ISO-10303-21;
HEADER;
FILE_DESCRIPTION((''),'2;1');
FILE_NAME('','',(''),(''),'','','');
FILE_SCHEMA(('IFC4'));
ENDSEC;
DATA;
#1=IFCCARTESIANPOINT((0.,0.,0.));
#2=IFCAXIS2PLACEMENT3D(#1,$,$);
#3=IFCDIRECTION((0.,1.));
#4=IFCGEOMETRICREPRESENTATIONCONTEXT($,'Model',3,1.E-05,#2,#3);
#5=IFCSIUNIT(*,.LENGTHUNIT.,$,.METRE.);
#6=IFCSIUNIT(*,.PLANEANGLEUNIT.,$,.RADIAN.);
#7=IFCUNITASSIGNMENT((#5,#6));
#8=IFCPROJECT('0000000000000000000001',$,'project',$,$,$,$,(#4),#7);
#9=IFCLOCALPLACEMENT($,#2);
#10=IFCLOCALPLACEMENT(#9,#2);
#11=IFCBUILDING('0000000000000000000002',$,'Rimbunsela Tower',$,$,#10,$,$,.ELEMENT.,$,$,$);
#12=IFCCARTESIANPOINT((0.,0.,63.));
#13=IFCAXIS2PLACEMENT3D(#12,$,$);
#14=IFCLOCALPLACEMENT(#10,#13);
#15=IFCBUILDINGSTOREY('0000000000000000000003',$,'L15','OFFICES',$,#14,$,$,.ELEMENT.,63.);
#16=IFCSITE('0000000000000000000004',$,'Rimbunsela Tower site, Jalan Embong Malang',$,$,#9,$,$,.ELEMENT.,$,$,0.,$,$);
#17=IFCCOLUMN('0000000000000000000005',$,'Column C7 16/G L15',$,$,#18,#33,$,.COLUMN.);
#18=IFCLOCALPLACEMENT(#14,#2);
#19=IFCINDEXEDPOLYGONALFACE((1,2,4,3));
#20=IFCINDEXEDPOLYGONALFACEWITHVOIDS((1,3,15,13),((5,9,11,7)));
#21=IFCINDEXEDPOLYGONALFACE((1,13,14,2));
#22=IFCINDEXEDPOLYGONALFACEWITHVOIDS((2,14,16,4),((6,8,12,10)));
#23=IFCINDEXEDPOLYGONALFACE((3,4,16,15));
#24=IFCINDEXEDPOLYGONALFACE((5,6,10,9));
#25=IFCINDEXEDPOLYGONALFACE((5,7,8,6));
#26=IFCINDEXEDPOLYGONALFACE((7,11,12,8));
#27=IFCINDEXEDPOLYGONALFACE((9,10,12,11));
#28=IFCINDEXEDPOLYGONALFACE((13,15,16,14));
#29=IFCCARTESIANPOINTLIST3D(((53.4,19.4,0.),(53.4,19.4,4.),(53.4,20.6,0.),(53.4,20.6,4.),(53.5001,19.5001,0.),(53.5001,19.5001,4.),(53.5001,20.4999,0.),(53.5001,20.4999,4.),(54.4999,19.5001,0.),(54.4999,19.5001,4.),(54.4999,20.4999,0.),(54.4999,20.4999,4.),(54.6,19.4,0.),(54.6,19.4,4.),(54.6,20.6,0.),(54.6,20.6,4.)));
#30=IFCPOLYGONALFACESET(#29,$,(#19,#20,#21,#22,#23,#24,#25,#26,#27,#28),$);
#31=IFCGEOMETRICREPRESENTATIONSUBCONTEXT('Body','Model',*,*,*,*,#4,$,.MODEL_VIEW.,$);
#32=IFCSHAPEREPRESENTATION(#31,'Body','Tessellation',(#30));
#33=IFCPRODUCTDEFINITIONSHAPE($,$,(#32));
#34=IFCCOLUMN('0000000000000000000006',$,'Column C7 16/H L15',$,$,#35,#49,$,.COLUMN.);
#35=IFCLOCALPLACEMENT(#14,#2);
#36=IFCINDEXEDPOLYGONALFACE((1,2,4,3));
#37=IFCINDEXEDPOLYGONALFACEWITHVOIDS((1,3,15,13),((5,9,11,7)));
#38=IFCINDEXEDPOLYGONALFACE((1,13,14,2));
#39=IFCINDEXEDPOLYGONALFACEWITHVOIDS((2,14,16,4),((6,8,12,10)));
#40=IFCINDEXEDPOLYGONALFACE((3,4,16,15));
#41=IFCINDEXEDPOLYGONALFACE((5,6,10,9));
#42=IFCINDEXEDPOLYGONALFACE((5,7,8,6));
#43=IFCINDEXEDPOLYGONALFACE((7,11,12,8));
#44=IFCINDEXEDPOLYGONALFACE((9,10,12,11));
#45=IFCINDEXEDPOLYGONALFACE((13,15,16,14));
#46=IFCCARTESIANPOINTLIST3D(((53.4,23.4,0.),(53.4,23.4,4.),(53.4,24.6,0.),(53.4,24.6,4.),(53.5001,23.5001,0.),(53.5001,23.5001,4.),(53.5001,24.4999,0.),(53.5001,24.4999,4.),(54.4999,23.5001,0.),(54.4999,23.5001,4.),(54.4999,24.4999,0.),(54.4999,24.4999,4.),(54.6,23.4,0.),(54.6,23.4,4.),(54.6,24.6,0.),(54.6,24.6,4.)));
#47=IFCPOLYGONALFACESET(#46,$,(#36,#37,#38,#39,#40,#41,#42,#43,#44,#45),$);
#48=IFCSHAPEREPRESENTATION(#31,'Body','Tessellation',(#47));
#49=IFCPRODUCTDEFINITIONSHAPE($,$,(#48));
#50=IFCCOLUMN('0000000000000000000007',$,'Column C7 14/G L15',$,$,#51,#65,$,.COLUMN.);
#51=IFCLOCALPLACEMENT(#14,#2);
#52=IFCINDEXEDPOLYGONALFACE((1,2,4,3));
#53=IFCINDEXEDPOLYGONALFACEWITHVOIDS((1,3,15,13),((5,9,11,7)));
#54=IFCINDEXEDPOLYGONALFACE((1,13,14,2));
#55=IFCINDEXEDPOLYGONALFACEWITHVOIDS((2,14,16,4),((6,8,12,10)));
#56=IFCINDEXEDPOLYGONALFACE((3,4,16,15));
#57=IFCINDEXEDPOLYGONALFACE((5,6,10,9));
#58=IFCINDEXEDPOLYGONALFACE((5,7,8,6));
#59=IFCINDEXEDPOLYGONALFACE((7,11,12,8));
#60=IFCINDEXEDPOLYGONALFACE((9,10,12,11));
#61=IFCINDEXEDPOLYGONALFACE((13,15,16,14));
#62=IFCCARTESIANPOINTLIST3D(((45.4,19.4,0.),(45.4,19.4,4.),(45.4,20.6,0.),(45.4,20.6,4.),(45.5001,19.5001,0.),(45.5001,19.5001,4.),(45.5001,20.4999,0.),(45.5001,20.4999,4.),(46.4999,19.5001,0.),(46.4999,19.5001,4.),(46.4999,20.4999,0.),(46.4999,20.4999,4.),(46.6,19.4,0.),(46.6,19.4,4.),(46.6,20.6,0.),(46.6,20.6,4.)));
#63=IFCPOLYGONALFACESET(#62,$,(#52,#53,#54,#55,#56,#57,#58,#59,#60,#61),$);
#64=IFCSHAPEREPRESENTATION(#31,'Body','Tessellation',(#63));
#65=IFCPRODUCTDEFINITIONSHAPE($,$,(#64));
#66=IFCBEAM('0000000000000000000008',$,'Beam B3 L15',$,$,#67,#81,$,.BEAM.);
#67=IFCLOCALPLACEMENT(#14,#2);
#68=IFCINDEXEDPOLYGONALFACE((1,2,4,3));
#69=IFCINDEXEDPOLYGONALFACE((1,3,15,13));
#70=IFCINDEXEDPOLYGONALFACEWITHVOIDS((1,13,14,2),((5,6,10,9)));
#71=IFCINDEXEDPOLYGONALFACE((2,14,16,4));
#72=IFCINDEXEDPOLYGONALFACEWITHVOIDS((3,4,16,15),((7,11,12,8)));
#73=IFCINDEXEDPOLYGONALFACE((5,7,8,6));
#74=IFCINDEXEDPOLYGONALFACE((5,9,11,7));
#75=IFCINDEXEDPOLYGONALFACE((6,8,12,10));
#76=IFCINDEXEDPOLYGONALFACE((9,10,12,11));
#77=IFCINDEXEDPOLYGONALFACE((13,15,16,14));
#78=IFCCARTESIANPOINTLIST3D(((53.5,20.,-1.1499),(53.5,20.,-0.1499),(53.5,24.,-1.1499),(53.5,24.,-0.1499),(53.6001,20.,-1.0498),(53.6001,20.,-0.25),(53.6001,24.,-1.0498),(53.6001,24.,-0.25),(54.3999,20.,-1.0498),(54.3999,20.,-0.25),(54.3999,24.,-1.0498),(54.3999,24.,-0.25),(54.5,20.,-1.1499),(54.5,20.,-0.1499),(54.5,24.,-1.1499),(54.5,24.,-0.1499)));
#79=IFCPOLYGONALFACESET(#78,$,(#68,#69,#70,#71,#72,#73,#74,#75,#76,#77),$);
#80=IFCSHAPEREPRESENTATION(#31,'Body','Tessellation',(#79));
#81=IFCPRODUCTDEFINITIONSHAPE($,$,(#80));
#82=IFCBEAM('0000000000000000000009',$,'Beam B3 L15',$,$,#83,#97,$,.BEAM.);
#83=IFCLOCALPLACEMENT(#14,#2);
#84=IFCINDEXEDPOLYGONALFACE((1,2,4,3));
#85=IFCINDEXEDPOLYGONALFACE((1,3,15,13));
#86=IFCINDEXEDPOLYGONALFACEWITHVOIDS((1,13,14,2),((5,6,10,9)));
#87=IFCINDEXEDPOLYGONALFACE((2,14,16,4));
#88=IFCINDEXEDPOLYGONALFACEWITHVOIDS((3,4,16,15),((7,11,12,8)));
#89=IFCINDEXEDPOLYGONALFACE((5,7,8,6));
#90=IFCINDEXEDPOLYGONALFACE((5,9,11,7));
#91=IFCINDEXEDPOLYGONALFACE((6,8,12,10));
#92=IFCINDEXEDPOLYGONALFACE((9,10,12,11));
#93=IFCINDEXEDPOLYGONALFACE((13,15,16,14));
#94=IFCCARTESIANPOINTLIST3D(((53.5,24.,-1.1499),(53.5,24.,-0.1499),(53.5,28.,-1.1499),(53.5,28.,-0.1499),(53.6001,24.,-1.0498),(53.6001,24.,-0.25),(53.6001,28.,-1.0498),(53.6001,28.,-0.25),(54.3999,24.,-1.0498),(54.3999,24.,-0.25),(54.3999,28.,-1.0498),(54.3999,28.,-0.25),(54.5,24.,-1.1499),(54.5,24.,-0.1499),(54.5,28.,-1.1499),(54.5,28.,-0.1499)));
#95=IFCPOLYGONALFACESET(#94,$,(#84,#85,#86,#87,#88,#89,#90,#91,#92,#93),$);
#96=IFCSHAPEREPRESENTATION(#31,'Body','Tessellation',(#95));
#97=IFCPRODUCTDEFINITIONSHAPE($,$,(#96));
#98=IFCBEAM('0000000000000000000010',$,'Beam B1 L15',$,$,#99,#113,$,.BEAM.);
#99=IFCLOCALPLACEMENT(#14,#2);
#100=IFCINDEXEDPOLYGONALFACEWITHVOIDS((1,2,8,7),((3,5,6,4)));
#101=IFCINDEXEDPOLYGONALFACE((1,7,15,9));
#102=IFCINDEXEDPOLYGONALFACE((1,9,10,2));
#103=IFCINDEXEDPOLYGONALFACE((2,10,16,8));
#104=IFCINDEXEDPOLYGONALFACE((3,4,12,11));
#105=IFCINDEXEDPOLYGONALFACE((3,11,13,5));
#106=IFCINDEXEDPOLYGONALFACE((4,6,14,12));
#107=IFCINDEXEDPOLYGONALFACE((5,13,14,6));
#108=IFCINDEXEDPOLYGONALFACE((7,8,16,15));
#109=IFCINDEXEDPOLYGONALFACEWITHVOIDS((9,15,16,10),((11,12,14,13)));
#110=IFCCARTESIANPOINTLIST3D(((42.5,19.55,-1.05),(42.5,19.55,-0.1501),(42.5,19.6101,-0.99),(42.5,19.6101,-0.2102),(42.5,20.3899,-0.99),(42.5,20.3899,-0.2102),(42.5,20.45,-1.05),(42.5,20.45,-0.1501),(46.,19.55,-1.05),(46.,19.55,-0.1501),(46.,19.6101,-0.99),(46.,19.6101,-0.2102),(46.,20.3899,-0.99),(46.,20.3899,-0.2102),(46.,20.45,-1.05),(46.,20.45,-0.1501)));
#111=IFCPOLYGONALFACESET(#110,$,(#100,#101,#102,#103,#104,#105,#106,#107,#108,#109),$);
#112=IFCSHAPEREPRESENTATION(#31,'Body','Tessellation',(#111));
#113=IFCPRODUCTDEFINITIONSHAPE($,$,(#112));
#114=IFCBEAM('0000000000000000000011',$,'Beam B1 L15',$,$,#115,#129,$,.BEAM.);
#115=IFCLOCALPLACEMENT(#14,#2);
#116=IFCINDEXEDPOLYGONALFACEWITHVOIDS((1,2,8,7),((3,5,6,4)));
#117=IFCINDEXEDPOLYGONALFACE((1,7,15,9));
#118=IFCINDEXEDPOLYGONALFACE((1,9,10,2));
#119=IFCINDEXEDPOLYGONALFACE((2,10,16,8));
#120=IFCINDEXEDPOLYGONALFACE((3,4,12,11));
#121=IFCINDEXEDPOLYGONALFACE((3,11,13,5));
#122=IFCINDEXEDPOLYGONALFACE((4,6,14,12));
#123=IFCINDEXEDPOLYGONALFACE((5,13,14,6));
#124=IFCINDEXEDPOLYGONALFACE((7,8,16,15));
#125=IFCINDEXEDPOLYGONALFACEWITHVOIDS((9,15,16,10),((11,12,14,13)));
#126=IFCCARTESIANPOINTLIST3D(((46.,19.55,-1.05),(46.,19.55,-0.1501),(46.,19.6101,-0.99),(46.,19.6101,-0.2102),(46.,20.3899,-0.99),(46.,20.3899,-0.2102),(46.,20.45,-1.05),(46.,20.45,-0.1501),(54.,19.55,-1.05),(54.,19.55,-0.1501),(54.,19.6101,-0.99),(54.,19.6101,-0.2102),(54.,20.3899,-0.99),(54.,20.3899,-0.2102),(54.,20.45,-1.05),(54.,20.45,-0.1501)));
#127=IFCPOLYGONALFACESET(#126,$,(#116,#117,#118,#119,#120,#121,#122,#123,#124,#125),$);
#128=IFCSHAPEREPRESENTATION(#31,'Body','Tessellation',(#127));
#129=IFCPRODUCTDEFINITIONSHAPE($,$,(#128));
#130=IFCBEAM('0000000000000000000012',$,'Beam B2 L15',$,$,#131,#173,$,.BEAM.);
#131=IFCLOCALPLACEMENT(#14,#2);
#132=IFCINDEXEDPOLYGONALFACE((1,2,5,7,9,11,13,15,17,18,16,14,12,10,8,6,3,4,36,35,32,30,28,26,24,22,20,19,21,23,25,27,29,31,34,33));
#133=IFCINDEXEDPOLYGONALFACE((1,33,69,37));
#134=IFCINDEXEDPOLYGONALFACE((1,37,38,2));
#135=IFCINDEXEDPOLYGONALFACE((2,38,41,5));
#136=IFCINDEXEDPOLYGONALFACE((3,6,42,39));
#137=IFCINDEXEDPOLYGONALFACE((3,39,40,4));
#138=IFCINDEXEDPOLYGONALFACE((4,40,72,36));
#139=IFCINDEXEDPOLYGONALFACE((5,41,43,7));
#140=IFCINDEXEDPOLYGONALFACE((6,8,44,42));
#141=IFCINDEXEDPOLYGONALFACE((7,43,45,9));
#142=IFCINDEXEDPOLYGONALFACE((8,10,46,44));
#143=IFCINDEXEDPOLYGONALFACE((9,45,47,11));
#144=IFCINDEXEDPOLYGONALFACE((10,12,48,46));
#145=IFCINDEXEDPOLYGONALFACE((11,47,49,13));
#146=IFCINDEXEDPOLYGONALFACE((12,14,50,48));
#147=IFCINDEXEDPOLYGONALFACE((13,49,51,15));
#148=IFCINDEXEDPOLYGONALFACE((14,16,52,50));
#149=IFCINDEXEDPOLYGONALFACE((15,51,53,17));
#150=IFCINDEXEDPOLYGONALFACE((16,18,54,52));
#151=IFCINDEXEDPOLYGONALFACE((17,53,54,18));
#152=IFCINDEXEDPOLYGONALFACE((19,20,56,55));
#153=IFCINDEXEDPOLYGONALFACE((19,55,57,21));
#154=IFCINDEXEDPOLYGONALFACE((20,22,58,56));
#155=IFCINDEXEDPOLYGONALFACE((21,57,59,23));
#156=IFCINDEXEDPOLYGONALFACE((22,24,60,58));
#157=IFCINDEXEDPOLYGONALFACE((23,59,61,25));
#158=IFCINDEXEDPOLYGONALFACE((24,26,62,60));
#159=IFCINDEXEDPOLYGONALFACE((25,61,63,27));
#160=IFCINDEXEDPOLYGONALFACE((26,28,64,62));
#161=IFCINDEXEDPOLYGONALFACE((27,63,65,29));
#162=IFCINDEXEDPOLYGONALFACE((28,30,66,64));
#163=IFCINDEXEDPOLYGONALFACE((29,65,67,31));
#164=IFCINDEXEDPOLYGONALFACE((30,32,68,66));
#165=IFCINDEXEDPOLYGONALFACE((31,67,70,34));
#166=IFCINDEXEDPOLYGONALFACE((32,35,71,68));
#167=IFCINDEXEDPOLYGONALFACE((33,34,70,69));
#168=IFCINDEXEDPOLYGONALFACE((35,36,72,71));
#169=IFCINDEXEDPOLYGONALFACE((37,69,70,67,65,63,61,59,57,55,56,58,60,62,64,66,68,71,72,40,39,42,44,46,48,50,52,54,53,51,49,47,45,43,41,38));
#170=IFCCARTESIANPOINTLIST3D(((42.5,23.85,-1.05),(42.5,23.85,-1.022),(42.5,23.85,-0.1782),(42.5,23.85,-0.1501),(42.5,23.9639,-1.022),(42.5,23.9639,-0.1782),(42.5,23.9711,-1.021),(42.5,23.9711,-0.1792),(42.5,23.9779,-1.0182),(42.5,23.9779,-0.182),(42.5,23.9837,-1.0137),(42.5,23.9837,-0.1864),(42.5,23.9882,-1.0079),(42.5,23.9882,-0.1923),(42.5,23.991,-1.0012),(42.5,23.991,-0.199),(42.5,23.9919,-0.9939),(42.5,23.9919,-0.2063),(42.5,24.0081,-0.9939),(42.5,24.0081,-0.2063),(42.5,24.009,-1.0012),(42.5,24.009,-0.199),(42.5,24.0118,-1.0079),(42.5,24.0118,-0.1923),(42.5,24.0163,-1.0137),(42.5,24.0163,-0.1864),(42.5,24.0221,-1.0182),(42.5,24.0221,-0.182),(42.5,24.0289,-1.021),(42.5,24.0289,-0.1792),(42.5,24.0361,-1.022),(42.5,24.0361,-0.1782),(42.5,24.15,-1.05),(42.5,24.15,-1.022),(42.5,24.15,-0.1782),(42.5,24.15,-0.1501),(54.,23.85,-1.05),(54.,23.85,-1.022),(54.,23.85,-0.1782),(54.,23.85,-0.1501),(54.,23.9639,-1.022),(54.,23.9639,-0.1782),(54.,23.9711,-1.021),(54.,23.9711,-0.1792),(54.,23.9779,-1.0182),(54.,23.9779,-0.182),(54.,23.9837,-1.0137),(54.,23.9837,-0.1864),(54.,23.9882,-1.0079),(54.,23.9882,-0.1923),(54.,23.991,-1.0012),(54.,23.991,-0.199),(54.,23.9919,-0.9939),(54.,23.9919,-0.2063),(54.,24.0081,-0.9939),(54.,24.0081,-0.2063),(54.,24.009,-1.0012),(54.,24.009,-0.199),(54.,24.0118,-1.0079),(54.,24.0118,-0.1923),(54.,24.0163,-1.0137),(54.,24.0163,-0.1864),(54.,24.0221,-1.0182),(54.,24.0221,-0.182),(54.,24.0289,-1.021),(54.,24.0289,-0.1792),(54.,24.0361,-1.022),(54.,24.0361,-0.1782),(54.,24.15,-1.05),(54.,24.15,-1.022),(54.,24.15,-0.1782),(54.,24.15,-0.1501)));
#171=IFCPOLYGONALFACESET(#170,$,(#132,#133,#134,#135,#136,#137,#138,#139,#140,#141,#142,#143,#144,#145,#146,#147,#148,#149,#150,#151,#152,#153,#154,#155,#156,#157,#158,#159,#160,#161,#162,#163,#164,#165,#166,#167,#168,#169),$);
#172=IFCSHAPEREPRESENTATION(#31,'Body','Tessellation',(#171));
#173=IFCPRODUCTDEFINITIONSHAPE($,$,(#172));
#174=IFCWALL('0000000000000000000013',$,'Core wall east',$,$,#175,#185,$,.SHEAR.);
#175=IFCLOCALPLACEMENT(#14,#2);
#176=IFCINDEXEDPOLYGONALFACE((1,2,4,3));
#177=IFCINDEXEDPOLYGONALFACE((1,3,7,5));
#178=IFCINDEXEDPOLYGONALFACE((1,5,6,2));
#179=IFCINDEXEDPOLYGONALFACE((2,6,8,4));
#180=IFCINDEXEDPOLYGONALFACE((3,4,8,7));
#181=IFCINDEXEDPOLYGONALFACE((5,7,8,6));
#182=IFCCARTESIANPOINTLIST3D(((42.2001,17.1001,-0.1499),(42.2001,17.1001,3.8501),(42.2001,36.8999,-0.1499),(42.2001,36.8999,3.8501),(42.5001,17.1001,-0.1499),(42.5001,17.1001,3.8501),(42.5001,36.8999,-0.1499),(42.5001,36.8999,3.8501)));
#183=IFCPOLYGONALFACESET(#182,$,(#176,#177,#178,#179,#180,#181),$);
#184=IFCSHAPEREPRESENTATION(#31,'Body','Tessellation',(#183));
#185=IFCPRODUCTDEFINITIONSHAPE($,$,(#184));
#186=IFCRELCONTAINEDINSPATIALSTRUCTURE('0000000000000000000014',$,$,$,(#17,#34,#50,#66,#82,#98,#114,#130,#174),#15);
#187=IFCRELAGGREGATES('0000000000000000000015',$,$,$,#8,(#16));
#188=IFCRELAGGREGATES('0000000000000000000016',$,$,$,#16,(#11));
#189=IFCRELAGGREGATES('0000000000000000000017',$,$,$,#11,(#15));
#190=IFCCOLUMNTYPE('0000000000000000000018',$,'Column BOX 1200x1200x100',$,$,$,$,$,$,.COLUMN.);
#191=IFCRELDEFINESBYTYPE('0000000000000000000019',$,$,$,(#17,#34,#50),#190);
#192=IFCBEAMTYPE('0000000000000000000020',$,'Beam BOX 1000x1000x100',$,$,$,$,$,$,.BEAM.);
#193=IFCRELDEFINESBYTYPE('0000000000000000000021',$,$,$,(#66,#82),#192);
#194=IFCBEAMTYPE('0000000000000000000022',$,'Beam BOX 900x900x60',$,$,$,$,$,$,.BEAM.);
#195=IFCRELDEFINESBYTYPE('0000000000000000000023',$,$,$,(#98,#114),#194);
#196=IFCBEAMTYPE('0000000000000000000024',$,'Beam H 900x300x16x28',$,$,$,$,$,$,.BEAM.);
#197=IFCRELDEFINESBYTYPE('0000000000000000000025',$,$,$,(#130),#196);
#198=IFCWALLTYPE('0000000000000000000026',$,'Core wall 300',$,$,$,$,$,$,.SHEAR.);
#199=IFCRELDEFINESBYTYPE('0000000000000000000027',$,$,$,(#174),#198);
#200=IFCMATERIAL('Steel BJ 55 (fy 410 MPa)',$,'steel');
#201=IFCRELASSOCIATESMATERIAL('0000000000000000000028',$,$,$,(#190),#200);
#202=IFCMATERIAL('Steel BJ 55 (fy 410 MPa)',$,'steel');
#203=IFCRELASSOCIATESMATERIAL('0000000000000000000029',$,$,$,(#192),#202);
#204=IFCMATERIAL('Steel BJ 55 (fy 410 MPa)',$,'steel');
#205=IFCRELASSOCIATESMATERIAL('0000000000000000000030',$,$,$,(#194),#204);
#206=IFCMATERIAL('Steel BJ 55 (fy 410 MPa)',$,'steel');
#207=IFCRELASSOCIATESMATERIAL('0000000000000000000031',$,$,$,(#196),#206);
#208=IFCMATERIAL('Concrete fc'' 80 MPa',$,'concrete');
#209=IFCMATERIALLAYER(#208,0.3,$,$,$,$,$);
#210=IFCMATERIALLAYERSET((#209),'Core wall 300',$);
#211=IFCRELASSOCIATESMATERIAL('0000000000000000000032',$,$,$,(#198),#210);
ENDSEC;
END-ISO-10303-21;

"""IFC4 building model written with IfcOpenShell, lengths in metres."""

from ifc_helpers import new_model, si_unit, direction, frame, frame_2d, origin, origin_2d, place, context, subcontext, project, spatial, rectangle, hollow_rectangle, i_section, extrude, material, layer, layer_set, material_profile, profile_set, type_object, element, save


model = new_model("IFC4")

# Units and contexts
model_context = context("Model", 3, precision=1e-05, world=origin(), true_north=direction((0.0, 1.0)))
body_context = subcontext(model_context, "Body", "Model", "MODEL_VIEW")
ifc_project = project(units=[si_unit("LENGTHUNIT", "METRE"), si_unit("PLANEANGLEUNIT", "RADIAN")], contexts=[model_context])

# Site, building, storey
site_placement = place(None, origin())
site = spatial("IfcSite", under=ifc_project, at=site_placement, Name="Rimbunsela Tower site, Jalan Embong Malang", CompositionType="ELEMENT", RefElevation=0.0)
building_placement = place(site_placement, origin())
building = spatial("IfcBuilding", under=site, at=building_placement, Name="Rimbunsela Tower", CompositionType="ELEMENT")
storey_placement = place(building_placement, frame((0.0, 0.0, 63.0)))
storey = spatial("IfcBuildingStorey", under=building, at=storey_placement, Name="L15", Description="OFFICES", CompositionType="ELEMENT", Elevation=63.0)

# Columns
ifc_material_1 = material(Name="Steel BJ 55 (fy 410 MPa)", Category="steel")
ifc_material_profile_1 = material_profile(ifc_material_1, hollow_rectangle(XDim=1.2, YDim=1.2, WallThickness=0.1001, at=origin_2d()), Name="BOX 1200x1200x100")
ifc_profile_set_1 = profile_set([ifc_material_profile_1], Name="Steel BJ 55 (fy 410 MPa)")
column_type = type_object("IfcColumnType", Name="Column BOX 1200x1200x100", PredefinedType="COLUMN", material=ifc_profile_set_1)
for number, where, z_axis, x_axis, name in (
    (1, (54.0, 20.0, 0.0), (0.0, 0.0, 1.0), (1.0, 0.0, 0.0), "Column C7 16/G L15"),
    (2, (54.0, 24.0, 0.0), (0.0, 0.0, 1.0), (1.0, 0.0, 0.0), "Column C7 16/H L15"),
    (3, (46.0, 20.0, 0.0), (0.0, 0.0, 1.0), (1.0, 0.0, 0.0), "Column C7 14/G L15"),
):
    element("IfcColumn", number, at=place(storey_placement, frame(where, z_axis=z_axis, x_axis=x_axis)), inside=storey, type_object=column_type, Name=name, PredefinedType="COLUMN", context=body_context, shape_type="SweptSolid", body=[
        extrude(hollow_rectangle(XDim=1.2, YDim=1.2, WallThickness=0.1001, at=origin_2d()), origin(), (0.0, 0.0, 1.0), 4.0),
    ])

# Beams
ifc_material_2 = material(Name="Steel BJ 55 (fy 410 MPa)", Category="steel")
ifc_material_profile_2 = material_profile(ifc_material_2, hollow_rectangle(XDim=1.0, YDim=1.0, WallThickness=0.1001, at=origin_2d()), Name="BOX 1000x1000x100")
ifc_profile_set_2 = profile_set([ifc_material_profile_2], Name="Steel BJ 55 (fy 410 MPa)")
beam_type_1 = type_object("IfcBeamType", Name="Beam BOX 1000x1000x100", PredefinedType="BEAM", material=ifc_profile_set_2)
for number, where, z_axis, x_axis, name in (
    (4, (54.0, 20.0, -0.6499), (0.0, 1.0, 0.0), (-1.0, 0.0, 0.0), "Beam B3 L15"),
    (5, (54.0, 24.0, -0.6499), (0.0, 1.0, 0.0), (-1.0, 0.0, 0.0), "Beam B3 L15"),
):
    element("IfcBeam", number, at=place(storey_placement, frame(where, z_axis=z_axis, x_axis=x_axis)), inside=storey, type_object=beam_type_1, Name=name, PredefinedType="BEAM", context=body_context, shape_type="SweptSolid", body=[
        extrude(hollow_rectangle(XDim=1.0, YDim=1.0, WallThickness=0.1001, at=origin_2d()), origin(), (0.0, 0.0, 1.0), 4.0),
    ])
ifc_material_3 = material(Name="Steel BJ 55 (fy 410 MPa)", Category="steel")
ifc_material_profile_3 = material_profile(ifc_material_3, hollow_rectangle(XDim=0.8999, YDim=0.8999, WallThickness=0.0601, at=origin_2d()), Name="BOX 900x900x60")
ifc_profile_set_3 = profile_set([ifc_material_profile_3], Name="Steel BJ 55 (fy 410 MPa)")
beam_type_2 = type_object("IfcBeamType", Name="Beam BOX 900x900x60", PredefinedType="BEAM", material=ifc_profile_set_3)
beam_1_placement = place(storey_placement, frame((42.5, 20.0, -0.6001), z_axis=(1.0, 0.0, 0.0), x_axis=(0.0, 1.0, 0.0)))
element("IfcBeam", 6, at=beam_1_placement, inside=storey, type_object=beam_type_2, Name="Beam B1 L15", PredefinedType="BEAM", context=body_context, shape_type="SweptSolid", body=[
    extrude(hollow_rectangle(XDim=0.8999, YDim=0.8999, WallThickness=0.0601, at=origin_2d()), origin(), (0.0, 0.0, 1.0), 3.5),
])
beam_2_placement = place(storey_placement, frame((46.0, 20.0, -0.6001), z_axis=(1.0, 0.0, 0.0), x_axis=(0.0, 1.0, 0.0)))
element("IfcBeam", 7, at=beam_2_placement, inside=storey, type_object=beam_type_2, Name="Beam B1 L15", PredefinedType="BEAM", context=body_context, shape_type="SweptSolid", body=[
    extrude(hollow_rectangle(XDim=0.8999, YDim=0.8999, WallThickness=0.0601, at=origin_2d()), origin(), (0.0, 0.0, 1.0), 8.0),
])
ifc_material_4 = material(Name="Steel BJ 55 (fy 410 MPa)", Category="steel")
ifc_material_profile_4 = material_profile(ifc_material_4, i_section(OverallWidth=0.3, OverallDepth=0.8999, WebThickness=0.0161, FlangeThickness=0.0281, FilletRadius=0.0281, at=origin_2d()), Name="H 900x300x16x28")
ifc_profile_set_4 = profile_set([ifc_material_profile_4], Name="Steel BJ 55 (fy 410 MPa)")
beam_type_3 = type_object("IfcBeamType", Name="Beam H 900x300x16x28", PredefinedType="BEAM", material=ifc_profile_set_4)
beam_3_placement = place(storey_placement, frame((42.5, 24.0, -0.6001), z_axis=(1.0, 0.0, 0.0), x_axis=(0.0, 1.0, 0.0)))
element("IfcBeam", 8, at=beam_3_placement, inside=storey, type_object=beam_type_3, Name="Beam B2 L15", PredefinedType="BEAM", context=body_context, shape_type="SweptSolid", body=[
    extrude(i_section(OverallWidth=0.3, OverallDepth=0.8999, WebThickness=0.0161, FlangeThickness=0.0281, FilletRadius=0.0281, at=origin_2d()), origin(), (0.0, 0.0, 1.0), 11.5),
])

# Wall
ifc_material_5 = material(Name="Concrete fc' 80 MPa", Category="concrete")
ifc_layer_1 = layer(ifc_material_5, 0.3)
ifc_layer_set_1 = layer_set([ifc_layer_1], Name="Core wall 300")
wall_type_1 = type_object("IfcWallType", Name="Core wall 300", PredefinedType="SHEAR", material=ifc_layer_set_1)
wall_1_placement = place(storey_placement, frame((42.3501, 17.1001, -0.1499), z_axis=(0.0, 0.0, 1.0), x_axis=(0.0, 1.0, 0.0)))
element("IfcWall", 9, at=wall_1_placement, inside=storey, type_object=wall_type_1, Name="Core wall east", PredefinedType="SHEAR", context=body_context, shape_type="SweptSolid", body=[
    extrude(rectangle(XDim=19.7998, YDim=0.3, at=frame_2d((9.8999, 0.0))), origin(), (0.0, 0.0, 1.0), 4.0),
])

save(model, "model.ifc")
